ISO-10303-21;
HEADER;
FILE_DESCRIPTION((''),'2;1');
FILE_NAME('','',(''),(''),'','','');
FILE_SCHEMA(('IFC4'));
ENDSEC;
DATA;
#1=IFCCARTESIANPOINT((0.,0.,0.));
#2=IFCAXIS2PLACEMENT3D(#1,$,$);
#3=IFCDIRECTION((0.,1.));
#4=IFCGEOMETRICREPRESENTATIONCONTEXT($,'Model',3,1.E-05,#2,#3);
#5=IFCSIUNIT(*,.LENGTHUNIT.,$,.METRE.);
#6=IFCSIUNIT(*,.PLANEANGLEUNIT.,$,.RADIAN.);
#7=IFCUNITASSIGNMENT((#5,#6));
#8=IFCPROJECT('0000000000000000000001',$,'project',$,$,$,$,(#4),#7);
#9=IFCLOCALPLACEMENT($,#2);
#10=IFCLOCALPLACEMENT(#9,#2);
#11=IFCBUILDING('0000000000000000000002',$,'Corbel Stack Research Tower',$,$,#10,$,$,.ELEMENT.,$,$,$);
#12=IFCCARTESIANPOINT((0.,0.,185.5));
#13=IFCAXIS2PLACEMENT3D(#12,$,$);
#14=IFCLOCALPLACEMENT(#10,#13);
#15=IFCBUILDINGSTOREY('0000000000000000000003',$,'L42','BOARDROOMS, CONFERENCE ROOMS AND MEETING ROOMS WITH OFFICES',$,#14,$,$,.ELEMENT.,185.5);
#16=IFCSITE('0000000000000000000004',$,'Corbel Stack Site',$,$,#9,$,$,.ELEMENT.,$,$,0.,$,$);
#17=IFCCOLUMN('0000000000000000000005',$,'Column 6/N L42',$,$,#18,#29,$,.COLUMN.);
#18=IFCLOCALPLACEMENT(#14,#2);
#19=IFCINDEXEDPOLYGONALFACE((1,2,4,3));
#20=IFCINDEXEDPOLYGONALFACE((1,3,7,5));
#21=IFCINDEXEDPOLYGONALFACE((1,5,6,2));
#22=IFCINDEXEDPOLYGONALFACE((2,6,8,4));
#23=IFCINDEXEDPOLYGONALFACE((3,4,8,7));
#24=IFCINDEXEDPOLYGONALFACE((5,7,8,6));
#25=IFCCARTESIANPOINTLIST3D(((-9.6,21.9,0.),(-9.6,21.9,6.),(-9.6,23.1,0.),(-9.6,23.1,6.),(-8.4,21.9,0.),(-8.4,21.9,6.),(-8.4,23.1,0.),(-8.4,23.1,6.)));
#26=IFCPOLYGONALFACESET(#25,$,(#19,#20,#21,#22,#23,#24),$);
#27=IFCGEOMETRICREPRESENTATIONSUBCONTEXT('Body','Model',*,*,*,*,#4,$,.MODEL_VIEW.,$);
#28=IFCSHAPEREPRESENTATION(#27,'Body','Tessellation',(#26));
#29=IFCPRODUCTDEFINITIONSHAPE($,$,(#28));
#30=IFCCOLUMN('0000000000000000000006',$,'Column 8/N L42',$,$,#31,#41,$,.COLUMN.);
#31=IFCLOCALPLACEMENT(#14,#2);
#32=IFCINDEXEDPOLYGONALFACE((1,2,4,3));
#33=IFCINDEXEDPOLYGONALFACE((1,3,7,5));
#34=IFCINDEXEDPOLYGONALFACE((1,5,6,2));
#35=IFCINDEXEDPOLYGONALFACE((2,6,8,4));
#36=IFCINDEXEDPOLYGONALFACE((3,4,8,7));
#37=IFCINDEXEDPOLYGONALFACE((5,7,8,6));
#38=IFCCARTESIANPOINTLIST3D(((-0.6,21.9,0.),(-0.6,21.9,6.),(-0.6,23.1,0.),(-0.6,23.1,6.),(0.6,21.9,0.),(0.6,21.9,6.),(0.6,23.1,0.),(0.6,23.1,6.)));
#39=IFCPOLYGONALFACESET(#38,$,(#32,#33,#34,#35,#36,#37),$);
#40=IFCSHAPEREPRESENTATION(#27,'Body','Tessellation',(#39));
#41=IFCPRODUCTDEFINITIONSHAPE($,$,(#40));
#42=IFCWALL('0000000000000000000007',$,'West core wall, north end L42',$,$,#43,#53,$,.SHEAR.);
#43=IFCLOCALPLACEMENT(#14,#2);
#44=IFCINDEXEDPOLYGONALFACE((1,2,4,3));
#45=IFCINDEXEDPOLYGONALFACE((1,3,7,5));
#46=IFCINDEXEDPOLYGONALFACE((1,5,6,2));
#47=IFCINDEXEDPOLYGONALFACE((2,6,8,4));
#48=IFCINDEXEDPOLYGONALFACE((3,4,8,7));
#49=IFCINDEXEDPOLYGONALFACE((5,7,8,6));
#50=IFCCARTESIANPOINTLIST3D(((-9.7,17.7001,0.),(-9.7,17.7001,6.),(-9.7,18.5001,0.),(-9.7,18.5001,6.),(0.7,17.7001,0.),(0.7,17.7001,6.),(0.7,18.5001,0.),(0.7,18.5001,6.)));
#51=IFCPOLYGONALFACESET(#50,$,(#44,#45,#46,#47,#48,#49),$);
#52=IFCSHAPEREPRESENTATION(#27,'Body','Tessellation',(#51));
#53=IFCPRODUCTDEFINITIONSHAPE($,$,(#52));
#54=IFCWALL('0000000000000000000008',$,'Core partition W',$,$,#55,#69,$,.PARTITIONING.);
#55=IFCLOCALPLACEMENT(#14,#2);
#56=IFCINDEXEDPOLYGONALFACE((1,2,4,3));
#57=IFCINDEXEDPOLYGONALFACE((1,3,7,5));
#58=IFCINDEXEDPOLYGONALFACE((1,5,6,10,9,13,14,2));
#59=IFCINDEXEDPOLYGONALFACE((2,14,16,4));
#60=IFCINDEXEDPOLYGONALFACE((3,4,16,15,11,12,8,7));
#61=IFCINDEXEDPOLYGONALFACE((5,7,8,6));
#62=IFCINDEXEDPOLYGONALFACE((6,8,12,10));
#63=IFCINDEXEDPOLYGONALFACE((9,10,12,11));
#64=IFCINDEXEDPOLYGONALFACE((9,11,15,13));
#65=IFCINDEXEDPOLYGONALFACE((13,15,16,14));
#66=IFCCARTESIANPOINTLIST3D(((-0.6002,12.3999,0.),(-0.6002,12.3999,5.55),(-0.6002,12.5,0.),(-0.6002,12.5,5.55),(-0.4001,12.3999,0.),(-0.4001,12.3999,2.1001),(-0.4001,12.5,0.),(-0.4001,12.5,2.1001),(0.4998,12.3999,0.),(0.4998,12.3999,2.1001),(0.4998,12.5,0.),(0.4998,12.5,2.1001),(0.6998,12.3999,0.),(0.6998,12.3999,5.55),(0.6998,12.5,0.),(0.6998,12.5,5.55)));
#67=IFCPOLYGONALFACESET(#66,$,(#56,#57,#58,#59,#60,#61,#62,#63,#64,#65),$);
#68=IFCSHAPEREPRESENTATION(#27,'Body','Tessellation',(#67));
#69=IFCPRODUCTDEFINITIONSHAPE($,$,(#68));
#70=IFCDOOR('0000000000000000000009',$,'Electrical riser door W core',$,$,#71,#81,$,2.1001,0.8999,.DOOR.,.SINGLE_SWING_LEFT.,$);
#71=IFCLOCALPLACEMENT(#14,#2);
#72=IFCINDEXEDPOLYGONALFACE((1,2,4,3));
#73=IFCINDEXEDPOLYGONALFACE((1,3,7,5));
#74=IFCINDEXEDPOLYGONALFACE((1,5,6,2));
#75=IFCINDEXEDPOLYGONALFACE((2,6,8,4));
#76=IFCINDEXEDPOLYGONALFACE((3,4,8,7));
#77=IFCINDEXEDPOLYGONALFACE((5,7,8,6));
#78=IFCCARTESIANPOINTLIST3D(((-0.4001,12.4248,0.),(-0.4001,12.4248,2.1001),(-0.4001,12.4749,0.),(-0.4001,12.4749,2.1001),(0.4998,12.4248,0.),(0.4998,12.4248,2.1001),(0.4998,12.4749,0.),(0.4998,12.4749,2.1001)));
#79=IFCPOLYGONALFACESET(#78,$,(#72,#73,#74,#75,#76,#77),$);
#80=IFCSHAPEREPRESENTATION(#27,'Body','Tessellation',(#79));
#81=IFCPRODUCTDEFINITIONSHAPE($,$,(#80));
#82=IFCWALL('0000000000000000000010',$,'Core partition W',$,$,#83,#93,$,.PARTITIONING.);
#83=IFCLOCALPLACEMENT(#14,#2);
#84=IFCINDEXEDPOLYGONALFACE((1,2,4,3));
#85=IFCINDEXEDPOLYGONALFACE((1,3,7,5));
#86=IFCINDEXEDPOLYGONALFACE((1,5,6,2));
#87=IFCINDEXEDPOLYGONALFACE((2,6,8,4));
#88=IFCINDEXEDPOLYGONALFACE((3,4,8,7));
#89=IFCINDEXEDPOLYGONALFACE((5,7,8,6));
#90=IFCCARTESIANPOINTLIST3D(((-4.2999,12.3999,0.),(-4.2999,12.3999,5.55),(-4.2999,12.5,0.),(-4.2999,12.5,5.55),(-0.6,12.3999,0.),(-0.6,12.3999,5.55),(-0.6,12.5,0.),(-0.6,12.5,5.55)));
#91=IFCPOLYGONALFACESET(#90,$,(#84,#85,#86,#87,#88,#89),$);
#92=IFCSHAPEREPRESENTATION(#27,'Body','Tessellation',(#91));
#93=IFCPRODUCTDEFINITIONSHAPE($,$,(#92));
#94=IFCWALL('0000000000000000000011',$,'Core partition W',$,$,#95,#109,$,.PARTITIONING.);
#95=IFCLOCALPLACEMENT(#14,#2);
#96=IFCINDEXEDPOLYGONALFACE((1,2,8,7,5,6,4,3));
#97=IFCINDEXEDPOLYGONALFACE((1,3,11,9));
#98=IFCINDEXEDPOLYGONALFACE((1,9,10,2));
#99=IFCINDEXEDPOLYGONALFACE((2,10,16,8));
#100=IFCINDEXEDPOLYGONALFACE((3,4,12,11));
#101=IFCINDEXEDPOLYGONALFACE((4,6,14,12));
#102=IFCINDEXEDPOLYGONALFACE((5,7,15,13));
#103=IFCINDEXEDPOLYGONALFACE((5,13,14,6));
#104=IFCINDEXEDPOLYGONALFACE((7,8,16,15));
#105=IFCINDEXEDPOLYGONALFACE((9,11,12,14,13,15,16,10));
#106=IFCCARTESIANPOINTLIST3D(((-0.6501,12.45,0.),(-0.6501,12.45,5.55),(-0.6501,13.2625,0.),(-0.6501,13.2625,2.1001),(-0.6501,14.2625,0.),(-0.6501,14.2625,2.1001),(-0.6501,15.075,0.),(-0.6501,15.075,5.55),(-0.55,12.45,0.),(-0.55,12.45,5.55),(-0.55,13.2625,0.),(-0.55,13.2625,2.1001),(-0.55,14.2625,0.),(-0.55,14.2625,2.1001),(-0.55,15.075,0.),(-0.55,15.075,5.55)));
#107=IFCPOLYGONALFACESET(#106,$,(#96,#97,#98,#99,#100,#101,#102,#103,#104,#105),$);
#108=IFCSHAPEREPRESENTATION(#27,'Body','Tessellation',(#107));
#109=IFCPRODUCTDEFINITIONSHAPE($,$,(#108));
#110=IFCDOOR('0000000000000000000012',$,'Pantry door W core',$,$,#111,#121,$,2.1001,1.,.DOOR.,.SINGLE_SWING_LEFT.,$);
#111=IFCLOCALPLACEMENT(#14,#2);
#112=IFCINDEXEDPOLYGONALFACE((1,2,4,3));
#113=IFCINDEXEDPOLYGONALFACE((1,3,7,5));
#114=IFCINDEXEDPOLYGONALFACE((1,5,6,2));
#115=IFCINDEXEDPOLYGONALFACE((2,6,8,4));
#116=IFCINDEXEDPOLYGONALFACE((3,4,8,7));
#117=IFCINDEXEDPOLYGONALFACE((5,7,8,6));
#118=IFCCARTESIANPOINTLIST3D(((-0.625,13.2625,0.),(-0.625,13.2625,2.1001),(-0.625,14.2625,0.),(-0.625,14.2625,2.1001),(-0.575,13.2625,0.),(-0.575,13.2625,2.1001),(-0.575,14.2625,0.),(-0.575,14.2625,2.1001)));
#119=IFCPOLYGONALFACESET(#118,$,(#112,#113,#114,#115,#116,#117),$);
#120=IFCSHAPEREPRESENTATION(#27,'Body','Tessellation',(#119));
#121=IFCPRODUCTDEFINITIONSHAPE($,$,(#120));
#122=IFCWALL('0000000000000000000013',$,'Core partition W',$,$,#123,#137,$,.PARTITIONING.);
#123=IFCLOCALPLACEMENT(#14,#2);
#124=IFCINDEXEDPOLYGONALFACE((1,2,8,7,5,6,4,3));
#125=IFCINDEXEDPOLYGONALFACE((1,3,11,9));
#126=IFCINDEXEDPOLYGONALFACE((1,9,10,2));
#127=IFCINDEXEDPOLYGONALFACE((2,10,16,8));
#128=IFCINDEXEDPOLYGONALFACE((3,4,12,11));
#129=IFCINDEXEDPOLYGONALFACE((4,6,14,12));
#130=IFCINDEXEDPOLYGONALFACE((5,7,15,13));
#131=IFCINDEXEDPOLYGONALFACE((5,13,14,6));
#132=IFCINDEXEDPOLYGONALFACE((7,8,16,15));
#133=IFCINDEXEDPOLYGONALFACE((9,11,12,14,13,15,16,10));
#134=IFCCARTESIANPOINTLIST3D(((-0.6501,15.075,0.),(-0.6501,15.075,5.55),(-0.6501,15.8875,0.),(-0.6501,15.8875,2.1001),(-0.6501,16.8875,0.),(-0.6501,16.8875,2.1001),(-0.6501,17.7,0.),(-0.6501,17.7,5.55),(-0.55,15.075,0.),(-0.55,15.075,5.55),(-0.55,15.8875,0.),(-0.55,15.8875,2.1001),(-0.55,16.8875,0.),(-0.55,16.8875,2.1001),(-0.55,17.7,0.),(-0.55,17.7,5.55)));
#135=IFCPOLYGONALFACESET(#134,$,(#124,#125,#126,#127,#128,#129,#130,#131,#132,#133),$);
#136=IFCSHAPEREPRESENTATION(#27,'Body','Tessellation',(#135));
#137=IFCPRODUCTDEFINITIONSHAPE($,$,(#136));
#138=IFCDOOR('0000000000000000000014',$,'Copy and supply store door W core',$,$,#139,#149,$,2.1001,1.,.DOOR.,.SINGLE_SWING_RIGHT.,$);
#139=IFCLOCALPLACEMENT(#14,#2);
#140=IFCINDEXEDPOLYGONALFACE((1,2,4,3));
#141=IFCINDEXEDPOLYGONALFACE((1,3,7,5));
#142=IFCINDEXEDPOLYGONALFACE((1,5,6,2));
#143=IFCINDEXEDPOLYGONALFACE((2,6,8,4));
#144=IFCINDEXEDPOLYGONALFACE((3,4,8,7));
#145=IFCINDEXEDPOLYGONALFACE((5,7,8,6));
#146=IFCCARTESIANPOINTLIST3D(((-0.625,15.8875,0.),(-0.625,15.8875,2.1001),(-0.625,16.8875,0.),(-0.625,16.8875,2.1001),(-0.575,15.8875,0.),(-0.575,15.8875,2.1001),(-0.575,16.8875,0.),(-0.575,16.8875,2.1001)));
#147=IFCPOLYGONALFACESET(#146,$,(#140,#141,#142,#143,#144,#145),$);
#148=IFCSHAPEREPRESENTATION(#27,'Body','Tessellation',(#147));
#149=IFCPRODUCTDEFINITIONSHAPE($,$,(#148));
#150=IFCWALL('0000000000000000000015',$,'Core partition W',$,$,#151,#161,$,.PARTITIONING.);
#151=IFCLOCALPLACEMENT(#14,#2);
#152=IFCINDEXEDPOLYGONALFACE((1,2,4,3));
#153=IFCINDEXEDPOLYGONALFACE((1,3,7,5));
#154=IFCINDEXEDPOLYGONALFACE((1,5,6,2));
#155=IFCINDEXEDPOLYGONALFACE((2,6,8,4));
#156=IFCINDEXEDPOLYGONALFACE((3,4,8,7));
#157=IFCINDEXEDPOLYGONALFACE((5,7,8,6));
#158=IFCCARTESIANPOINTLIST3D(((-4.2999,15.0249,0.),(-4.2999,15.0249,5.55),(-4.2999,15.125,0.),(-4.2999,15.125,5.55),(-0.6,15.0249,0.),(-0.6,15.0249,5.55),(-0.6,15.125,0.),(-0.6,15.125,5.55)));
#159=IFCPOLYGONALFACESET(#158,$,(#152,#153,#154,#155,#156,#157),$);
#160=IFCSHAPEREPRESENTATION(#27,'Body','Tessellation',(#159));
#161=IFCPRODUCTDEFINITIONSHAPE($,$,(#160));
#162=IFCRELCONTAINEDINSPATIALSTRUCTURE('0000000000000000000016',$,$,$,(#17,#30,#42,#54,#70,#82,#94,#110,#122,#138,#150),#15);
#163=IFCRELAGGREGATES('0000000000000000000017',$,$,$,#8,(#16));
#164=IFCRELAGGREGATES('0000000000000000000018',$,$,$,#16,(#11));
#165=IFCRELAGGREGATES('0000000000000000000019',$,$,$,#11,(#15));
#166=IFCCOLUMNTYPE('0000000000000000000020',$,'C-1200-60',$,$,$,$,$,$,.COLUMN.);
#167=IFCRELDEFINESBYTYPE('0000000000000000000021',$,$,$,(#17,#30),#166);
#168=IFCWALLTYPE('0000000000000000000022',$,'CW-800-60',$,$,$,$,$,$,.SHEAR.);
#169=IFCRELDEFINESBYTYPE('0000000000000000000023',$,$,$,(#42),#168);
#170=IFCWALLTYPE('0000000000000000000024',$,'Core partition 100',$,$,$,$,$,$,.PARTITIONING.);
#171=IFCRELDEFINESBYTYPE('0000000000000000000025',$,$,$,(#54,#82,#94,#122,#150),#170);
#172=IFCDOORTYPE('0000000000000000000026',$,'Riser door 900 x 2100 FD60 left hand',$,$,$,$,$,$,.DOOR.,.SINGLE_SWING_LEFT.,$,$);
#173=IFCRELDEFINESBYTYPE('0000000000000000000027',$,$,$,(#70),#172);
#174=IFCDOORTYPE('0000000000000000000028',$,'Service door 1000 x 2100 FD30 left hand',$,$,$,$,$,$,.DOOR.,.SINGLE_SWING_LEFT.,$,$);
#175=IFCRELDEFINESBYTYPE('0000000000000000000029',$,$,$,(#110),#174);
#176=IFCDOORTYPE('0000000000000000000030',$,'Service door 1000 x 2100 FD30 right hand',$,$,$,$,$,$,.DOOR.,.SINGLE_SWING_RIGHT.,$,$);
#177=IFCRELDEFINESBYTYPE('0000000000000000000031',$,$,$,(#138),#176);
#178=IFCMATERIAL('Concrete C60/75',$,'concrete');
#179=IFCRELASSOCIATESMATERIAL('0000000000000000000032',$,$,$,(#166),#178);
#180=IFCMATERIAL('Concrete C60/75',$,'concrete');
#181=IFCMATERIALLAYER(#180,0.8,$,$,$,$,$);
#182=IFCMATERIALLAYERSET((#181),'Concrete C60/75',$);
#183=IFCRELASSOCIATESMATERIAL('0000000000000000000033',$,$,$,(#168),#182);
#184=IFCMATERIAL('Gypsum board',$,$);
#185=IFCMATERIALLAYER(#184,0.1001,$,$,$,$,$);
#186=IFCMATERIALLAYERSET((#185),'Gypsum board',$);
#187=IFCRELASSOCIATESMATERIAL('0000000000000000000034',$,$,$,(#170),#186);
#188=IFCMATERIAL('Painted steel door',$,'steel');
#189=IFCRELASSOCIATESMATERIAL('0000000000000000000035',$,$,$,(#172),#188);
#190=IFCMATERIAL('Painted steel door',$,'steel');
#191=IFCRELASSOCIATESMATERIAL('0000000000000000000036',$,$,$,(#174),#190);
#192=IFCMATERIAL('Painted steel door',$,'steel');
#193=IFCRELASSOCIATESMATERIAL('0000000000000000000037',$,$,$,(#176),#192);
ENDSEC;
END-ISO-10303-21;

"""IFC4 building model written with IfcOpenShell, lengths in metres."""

from ifc_helpers import new_model, si_unit, direction, frame, frame_2d, origin, origin_2d, place, context, subcontext, project, spatial, rectangle, extrude, material, layer, layer_set, material_profile, profile_set, type_object, element, fill, save


model = new_model("IFC4")

# Units and contexts
model_context = context("Model", 3, precision=1e-05, world=origin(), true_north=direction((0.0, 1.0)))
body_context = subcontext(model_context, "Body", "Model", "MODEL_VIEW")
ifc_project = project(units=[si_unit("LENGTHUNIT", "METRE"), si_unit("PLANEANGLEUNIT", "RADIAN")], contexts=[model_context])

# Site, building, storey
site_placement = place(None, origin())
site = spatial("IfcSite", under=ifc_project, at=site_placement, Name="Corbel Stack Site", CompositionType="ELEMENT", RefElevation=0.0)
building_placement = place(site_placement, origin())
building = spatial("IfcBuilding", under=site, at=building_placement, Name="Corbel Stack Research Tower", CompositionType="ELEMENT")
storey_placement = place(building_placement, frame((0.0, 0.0, 185.5)))
storey = spatial("IfcBuildingStorey", under=building, at=storey_placement, Name="L42", Description="BOARDROOMS, CONFERENCE ROOMS AND MEETING ROOMS WITH OFFICES", CompositionType="ELEMENT", Elevation=185.5)

# Columns
ifc_material_1 = material(Name="Concrete C60/75", Category="concrete")
ifc_material_profile = material_profile(ifc_material_1, rectangle(XDim=1.2, YDim=1.2, at=origin_2d()), Name="RC 1200 x 1200")
ifc_profile_set = profile_set([ifc_material_profile], Name="Concrete C60/75")
column_type = type_object("IfcColumnType", Name="C-1200-60", PredefinedType="COLUMN", material=ifc_profile_set)
for number, where, z_axis, x_axis, name in (
    (1, (-9.0, 22.5, 0.0), (0.0, 0.0, 1.0), (1.0, 0.0, 0.0), "Column 6/N L42"),
    (2, (0.0, 22.5, 0.0), (0.0, 0.0, 1.0), (1.0, 0.0, 0.0), "Column 8/N L42"),
):
    element("IfcColumn", number, at=place(storey_placement, frame(where, z_axis=z_axis, x_axis=x_axis)), inside=storey, type_object=column_type, Name=name, PredefinedType="COLUMN", context=body_context, shape_type="SweptSolid", body=[
        extrude(rectangle(XDim=1.2, YDim=1.2, at=origin_2d()), origin(), (0.0, 0.0, 1.0), 6.0),
    ])

# Wall
ifc_material_2 = material(Name="Concrete C60/75", Category="concrete")
ifc_layer_1 = layer(ifc_material_2, 0.8)
ifc_layer_set_1 = layer_set([ifc_layer_1], Name="Concrete C60/75")
wall_type_1 = type_object("IfcWallType", Name="CW-800-60", PredefinedType="SHEAR", material=ifc_layer_set_1)
wall_1_placement = place(storey_placement, frame((-9.7, 18.1001, 0.0), z_axis=(0.0, 0.0, 1.0), x_axis=(1.0, 0.0, 0.0)))
element("IfcWall", 3, at=wall_1_placement, inside=storey, type_object=wall_type_1, Name="West core wall, north end L42", PredefinedType="SHEAR", context=body_context, shape_type="SweptSolid", body=[
    extrude(rectangle(XDim=10.3999, YDim=0.8, at=frame_2d((5.2, 0.0))), origin(), (0.0, 0.0, 1.0), 6.0),
])

# Wall, opening, door
ifc_material_3 = material(Name="Gypsum board")
ifc_layer_2 = layer(ifc_material_3, 0.1001)
ifc_layer_set_2 = layer_set([ifc_layer_2], Name="Gypsum board")
wall_type_2 = type_object("IfcWallType", Name="Core partition 100", PredefinedType="PARTITIONING", material=ifc_layer_set_2)
wall_2_placement = place(storey_placement, frame((-0.6001, 12.45, 0.0), z_axis=(0.0, 0.0, 1.0), x_axis=(1.0, 0.0, 0.0)))
wall_2 = element("IfcWall", 4, at=wall_2_placement, inside=storey, type_object=wall_type_2, Name="Core partition W", PredefinedType="PARTITIONING", context=body_context, shape_type="SweptSolid", body=[
    extrude(rectangle(XDim=1.3, YDim=0.1001, at=frame_2d((0.6499, 0.0))), origin(), (0.0, 0.0, 1.0), 5.55),
])
opening_1_placement = place(wall_2_placement, frame((0.2, 0.0, 0.0)))
opening_1 = element("IfcOpeningElement", 5, at=opening_1_placement, cuts=wall_2, PredefinedType="OPENING", context=body_context, shape_type="SweptSolid", body=[
    extrude(rectangle(XDim=0.8999, YDim=2.1001, at=frame_2d((0.45, 1.05))), frame((0.0, 0.0601, 0.0), z_axis=(0.0, -1.0, 0.0), x_axis=(1.0, 0.0, 0.0)), (0.0, 0.0, 1.0), 0.1201),
])
ifc_material_4 = material(Name="Painted steel door", Category="steel")
door_type_1 = type_object("IfcDoorType", Name="Riser door 900 x 2100 FD60 left hand", OperationType="SINGLE_SWING_LEFT", PredefinedType="DOOR", material=ifc_material_4)
door_1_placement = place(opening_1_placement, origin())
door_1 = element("IfcDoor", 6, at=door_1_placement, inside=storey, type_object=door_type_1, Name="Electrical riser door W core", OperationType="SINGLE_SWING_LEFT", OverallHeight=2.1001, OverallWidth=0.8999, PredefinedType="DOOR", context=body_context, shape_type="SweptSolid", body=[
    extrude(rectangle(XDim=0.8999, YDim=2.1001, at=frame_2d((0.45, 1.05))), frame((0.0, 0.0249, 0.0), z_axis=(0.0, -1.0, 0.0), x_axis=(1.0, 0.0, 0.0)), (0.0, 0.0, 1.0), 0.05),
])
fill(opening_1, door_1)

# Wall
wall_3_placement = place(storey_placement, frame((-4.3, 12.45, 0.0), z_axis=(0.0, 0.0, 1.0), x_axis=(1.0, 0.0, 0.0)))
element("IfcWall", 7, at=wall_3_placement, inside=storey, type_object=wall_type_2, Name="Core partition W", PredefinedType="PARTITIONING", context=body_context, shape_type="SweptSolid", body=[
    extrude(rectangle(XDim=3.7, YDim=0.1001, at=frame_2d((1.8501, 0.0))), origin(), (0.0, 0.0, 1.0), 5.55),
])

# Walls, openings, doors
wall_4_placement = place(storey_placement, frame((-0.6001, 12.45, 0.0), z_axis=(0.0, 0.0, 1.0), x_axis=(0.0, 1.0, 0.0)))
wall_4 = element("IfcWall", 8, at=wall_4_placement, inside=storey, type_object=wall_type_2, Name="Core partition W", PredefinedType="PARTITIONING", context=body_context, shape_type="SweptSolid", body=[
    extrude(rectangle(XDim=2.625, YDim=0.1001, at=frame_2d((1.3125, 0.0))), origin(), (0.0, 0.0, 1.0), 5.55),
])
opening_2_placement = place(wall_4_placement, frame((0.8125, 0.0, 0.0)))
opening_2 = element("IfcOpeningElement", 9, at=opening_2_placement, cuts=wall_4, PredefinedType="OPENING", context=body_context, shape_type="SweptSolid", body=[
    extrude(rectangle(XDim=1.0, YDim=2.1001, at=frame_2d((0.5, 1.05))), frame((0.0, 0.0601, 0.0), z_axis=(0.0, -1.0, 0.0), x_axis=(1.0, 0.0, 0.0)), (0.0, 0.0, 1.0), 0.1201),
])
ifc_material_5 = material(Name="Painted steel door", Category="steel")
door_type_2 = type_object("IfcDoorType", Name="Service door 1000 x 2100 FD30 left hand", OperationType="SINGLE_SWING_LEFT", PredefinedType="DOOR", material=ifc_material_5)
door_2_placement = place(opening_2_placement, origin())
door_2 = element("IfcDoor", 10, at=door_2_placement, inside=storey, type_object=door_type_2, Name="Pantry door W core", OperationType="SINGLE_SWING_LEFT", OverallHeight=2.1001, OverallWidth=1.0, PredefinedType="DOOR", context=body_context, shape_type="SweptSolid", body=[
    extrude(rectangle(XDim=1.0, YDim=2.1001, at=frame_2d((0.5, 1.05))), frame((0.0, 0.0249, 0.0), z_axis=(0.0, -1.0, 0.0), x_axis=(1.0, 0.0, 0.0)), (0.0, 0.0, 1.0), 0.05),
])
fill(opening_2, door_2)
wall_5_placement = place(storey_placement, frame((-0.6001, 15.075, 0.0), z_axis=(0.0, 0.0, 1.0), x_axis=(0.0, 1.0, 0.0)))
wall_5 = element("IfcWall", 11, at=wall_5_placement, inside=storey, type_object=wall_type_2, Name="Core partition W", PredefinedType="PARTITIONING", context=body_context, shape_type="SweptSolid", body=[
    extrude(rectangle(XDim=2.625, YDim=0.1001, at=frame_2d((1.3125, 0.0))), origin(), (0.0, 0.0, 1.0), 5.55),
])
opening_3_placement = place(wall_5_placement, frame((0.8125, 0.0, 0.0)))
opening_3 = element("IfcOpeningElement", 12, at=opening_3_placement, cuts=wall_5, PredefinedType="OPENING", context=body_context, shape_type="SweptSolid", body=[
    extrude(rectangle(XDim=1.0, YDim=2.1001, at=frame_2d((0.5, 1.05))), frame((0.0, 0.0601, 0.0), z_axis=(0.0, -1.0, 0.0), x_axis=(1.0, 0.0, 0.0)), (0.0, 0.0, 1.0), 0.1201),
])
ifc_material_6 = material(Name="Painted steel door", Category="steel")
door_type_3 = type_object("IfcDoorType", Name="Service door 1000 x 2100 FD30 right hand", OperationType="SINGLE_SWING_RIGHT", PredefinedType="DOOR", material=ifc_material_6)
door_3_placement = place(opening_3_placement, origin())
door_3 = element("IfcDoor", 13, at=door_3_placement, inside=storey, type_object=door_type_3, Name="Copy and supply store door W core", OperationType="SINGLE_SWING_RIGHT", OverallHeight=2.1001, OverallWidth=1.0, PredefinedType="DOOR", context=body_context, shape_type="SweptSolid", body=[
    extrude(rectangle(XDim=1.0, YDim=2.1001, at=frame_2d((0.5, 1.05))), frame((0.0, 0.0249, 0.0), z_axis=(0.0, -1.0, 0.0), x_axis=(1.0, 0.0, 0.0)), (0.0, 0.0, 1.0), 0.05),
])
fill(opening_3, door_3)

# Wall
wall_6_placement = place(storey_placement, frame((-4.3, 15.075, 0.0), z_axis=(0.0, 0.0, 1.0), x_axis=(1.0, 0.0, 0.0)))
element("IfcWall", 14, at=wall_6_placement, inside=storey, type_object=wall_type_2, Name="Core partition W", PredefinedType="PARTITIONING", context=body_context, shape_type="SweptSolid", body=[
    extrude(rectangle(XDim=3.7, YDim=0.1001, at=frame_2d((1.8501, 0.0))), origin(), (0.0, 0.0, 1.0), 5.55),
])

save(model, "model.ifc")
